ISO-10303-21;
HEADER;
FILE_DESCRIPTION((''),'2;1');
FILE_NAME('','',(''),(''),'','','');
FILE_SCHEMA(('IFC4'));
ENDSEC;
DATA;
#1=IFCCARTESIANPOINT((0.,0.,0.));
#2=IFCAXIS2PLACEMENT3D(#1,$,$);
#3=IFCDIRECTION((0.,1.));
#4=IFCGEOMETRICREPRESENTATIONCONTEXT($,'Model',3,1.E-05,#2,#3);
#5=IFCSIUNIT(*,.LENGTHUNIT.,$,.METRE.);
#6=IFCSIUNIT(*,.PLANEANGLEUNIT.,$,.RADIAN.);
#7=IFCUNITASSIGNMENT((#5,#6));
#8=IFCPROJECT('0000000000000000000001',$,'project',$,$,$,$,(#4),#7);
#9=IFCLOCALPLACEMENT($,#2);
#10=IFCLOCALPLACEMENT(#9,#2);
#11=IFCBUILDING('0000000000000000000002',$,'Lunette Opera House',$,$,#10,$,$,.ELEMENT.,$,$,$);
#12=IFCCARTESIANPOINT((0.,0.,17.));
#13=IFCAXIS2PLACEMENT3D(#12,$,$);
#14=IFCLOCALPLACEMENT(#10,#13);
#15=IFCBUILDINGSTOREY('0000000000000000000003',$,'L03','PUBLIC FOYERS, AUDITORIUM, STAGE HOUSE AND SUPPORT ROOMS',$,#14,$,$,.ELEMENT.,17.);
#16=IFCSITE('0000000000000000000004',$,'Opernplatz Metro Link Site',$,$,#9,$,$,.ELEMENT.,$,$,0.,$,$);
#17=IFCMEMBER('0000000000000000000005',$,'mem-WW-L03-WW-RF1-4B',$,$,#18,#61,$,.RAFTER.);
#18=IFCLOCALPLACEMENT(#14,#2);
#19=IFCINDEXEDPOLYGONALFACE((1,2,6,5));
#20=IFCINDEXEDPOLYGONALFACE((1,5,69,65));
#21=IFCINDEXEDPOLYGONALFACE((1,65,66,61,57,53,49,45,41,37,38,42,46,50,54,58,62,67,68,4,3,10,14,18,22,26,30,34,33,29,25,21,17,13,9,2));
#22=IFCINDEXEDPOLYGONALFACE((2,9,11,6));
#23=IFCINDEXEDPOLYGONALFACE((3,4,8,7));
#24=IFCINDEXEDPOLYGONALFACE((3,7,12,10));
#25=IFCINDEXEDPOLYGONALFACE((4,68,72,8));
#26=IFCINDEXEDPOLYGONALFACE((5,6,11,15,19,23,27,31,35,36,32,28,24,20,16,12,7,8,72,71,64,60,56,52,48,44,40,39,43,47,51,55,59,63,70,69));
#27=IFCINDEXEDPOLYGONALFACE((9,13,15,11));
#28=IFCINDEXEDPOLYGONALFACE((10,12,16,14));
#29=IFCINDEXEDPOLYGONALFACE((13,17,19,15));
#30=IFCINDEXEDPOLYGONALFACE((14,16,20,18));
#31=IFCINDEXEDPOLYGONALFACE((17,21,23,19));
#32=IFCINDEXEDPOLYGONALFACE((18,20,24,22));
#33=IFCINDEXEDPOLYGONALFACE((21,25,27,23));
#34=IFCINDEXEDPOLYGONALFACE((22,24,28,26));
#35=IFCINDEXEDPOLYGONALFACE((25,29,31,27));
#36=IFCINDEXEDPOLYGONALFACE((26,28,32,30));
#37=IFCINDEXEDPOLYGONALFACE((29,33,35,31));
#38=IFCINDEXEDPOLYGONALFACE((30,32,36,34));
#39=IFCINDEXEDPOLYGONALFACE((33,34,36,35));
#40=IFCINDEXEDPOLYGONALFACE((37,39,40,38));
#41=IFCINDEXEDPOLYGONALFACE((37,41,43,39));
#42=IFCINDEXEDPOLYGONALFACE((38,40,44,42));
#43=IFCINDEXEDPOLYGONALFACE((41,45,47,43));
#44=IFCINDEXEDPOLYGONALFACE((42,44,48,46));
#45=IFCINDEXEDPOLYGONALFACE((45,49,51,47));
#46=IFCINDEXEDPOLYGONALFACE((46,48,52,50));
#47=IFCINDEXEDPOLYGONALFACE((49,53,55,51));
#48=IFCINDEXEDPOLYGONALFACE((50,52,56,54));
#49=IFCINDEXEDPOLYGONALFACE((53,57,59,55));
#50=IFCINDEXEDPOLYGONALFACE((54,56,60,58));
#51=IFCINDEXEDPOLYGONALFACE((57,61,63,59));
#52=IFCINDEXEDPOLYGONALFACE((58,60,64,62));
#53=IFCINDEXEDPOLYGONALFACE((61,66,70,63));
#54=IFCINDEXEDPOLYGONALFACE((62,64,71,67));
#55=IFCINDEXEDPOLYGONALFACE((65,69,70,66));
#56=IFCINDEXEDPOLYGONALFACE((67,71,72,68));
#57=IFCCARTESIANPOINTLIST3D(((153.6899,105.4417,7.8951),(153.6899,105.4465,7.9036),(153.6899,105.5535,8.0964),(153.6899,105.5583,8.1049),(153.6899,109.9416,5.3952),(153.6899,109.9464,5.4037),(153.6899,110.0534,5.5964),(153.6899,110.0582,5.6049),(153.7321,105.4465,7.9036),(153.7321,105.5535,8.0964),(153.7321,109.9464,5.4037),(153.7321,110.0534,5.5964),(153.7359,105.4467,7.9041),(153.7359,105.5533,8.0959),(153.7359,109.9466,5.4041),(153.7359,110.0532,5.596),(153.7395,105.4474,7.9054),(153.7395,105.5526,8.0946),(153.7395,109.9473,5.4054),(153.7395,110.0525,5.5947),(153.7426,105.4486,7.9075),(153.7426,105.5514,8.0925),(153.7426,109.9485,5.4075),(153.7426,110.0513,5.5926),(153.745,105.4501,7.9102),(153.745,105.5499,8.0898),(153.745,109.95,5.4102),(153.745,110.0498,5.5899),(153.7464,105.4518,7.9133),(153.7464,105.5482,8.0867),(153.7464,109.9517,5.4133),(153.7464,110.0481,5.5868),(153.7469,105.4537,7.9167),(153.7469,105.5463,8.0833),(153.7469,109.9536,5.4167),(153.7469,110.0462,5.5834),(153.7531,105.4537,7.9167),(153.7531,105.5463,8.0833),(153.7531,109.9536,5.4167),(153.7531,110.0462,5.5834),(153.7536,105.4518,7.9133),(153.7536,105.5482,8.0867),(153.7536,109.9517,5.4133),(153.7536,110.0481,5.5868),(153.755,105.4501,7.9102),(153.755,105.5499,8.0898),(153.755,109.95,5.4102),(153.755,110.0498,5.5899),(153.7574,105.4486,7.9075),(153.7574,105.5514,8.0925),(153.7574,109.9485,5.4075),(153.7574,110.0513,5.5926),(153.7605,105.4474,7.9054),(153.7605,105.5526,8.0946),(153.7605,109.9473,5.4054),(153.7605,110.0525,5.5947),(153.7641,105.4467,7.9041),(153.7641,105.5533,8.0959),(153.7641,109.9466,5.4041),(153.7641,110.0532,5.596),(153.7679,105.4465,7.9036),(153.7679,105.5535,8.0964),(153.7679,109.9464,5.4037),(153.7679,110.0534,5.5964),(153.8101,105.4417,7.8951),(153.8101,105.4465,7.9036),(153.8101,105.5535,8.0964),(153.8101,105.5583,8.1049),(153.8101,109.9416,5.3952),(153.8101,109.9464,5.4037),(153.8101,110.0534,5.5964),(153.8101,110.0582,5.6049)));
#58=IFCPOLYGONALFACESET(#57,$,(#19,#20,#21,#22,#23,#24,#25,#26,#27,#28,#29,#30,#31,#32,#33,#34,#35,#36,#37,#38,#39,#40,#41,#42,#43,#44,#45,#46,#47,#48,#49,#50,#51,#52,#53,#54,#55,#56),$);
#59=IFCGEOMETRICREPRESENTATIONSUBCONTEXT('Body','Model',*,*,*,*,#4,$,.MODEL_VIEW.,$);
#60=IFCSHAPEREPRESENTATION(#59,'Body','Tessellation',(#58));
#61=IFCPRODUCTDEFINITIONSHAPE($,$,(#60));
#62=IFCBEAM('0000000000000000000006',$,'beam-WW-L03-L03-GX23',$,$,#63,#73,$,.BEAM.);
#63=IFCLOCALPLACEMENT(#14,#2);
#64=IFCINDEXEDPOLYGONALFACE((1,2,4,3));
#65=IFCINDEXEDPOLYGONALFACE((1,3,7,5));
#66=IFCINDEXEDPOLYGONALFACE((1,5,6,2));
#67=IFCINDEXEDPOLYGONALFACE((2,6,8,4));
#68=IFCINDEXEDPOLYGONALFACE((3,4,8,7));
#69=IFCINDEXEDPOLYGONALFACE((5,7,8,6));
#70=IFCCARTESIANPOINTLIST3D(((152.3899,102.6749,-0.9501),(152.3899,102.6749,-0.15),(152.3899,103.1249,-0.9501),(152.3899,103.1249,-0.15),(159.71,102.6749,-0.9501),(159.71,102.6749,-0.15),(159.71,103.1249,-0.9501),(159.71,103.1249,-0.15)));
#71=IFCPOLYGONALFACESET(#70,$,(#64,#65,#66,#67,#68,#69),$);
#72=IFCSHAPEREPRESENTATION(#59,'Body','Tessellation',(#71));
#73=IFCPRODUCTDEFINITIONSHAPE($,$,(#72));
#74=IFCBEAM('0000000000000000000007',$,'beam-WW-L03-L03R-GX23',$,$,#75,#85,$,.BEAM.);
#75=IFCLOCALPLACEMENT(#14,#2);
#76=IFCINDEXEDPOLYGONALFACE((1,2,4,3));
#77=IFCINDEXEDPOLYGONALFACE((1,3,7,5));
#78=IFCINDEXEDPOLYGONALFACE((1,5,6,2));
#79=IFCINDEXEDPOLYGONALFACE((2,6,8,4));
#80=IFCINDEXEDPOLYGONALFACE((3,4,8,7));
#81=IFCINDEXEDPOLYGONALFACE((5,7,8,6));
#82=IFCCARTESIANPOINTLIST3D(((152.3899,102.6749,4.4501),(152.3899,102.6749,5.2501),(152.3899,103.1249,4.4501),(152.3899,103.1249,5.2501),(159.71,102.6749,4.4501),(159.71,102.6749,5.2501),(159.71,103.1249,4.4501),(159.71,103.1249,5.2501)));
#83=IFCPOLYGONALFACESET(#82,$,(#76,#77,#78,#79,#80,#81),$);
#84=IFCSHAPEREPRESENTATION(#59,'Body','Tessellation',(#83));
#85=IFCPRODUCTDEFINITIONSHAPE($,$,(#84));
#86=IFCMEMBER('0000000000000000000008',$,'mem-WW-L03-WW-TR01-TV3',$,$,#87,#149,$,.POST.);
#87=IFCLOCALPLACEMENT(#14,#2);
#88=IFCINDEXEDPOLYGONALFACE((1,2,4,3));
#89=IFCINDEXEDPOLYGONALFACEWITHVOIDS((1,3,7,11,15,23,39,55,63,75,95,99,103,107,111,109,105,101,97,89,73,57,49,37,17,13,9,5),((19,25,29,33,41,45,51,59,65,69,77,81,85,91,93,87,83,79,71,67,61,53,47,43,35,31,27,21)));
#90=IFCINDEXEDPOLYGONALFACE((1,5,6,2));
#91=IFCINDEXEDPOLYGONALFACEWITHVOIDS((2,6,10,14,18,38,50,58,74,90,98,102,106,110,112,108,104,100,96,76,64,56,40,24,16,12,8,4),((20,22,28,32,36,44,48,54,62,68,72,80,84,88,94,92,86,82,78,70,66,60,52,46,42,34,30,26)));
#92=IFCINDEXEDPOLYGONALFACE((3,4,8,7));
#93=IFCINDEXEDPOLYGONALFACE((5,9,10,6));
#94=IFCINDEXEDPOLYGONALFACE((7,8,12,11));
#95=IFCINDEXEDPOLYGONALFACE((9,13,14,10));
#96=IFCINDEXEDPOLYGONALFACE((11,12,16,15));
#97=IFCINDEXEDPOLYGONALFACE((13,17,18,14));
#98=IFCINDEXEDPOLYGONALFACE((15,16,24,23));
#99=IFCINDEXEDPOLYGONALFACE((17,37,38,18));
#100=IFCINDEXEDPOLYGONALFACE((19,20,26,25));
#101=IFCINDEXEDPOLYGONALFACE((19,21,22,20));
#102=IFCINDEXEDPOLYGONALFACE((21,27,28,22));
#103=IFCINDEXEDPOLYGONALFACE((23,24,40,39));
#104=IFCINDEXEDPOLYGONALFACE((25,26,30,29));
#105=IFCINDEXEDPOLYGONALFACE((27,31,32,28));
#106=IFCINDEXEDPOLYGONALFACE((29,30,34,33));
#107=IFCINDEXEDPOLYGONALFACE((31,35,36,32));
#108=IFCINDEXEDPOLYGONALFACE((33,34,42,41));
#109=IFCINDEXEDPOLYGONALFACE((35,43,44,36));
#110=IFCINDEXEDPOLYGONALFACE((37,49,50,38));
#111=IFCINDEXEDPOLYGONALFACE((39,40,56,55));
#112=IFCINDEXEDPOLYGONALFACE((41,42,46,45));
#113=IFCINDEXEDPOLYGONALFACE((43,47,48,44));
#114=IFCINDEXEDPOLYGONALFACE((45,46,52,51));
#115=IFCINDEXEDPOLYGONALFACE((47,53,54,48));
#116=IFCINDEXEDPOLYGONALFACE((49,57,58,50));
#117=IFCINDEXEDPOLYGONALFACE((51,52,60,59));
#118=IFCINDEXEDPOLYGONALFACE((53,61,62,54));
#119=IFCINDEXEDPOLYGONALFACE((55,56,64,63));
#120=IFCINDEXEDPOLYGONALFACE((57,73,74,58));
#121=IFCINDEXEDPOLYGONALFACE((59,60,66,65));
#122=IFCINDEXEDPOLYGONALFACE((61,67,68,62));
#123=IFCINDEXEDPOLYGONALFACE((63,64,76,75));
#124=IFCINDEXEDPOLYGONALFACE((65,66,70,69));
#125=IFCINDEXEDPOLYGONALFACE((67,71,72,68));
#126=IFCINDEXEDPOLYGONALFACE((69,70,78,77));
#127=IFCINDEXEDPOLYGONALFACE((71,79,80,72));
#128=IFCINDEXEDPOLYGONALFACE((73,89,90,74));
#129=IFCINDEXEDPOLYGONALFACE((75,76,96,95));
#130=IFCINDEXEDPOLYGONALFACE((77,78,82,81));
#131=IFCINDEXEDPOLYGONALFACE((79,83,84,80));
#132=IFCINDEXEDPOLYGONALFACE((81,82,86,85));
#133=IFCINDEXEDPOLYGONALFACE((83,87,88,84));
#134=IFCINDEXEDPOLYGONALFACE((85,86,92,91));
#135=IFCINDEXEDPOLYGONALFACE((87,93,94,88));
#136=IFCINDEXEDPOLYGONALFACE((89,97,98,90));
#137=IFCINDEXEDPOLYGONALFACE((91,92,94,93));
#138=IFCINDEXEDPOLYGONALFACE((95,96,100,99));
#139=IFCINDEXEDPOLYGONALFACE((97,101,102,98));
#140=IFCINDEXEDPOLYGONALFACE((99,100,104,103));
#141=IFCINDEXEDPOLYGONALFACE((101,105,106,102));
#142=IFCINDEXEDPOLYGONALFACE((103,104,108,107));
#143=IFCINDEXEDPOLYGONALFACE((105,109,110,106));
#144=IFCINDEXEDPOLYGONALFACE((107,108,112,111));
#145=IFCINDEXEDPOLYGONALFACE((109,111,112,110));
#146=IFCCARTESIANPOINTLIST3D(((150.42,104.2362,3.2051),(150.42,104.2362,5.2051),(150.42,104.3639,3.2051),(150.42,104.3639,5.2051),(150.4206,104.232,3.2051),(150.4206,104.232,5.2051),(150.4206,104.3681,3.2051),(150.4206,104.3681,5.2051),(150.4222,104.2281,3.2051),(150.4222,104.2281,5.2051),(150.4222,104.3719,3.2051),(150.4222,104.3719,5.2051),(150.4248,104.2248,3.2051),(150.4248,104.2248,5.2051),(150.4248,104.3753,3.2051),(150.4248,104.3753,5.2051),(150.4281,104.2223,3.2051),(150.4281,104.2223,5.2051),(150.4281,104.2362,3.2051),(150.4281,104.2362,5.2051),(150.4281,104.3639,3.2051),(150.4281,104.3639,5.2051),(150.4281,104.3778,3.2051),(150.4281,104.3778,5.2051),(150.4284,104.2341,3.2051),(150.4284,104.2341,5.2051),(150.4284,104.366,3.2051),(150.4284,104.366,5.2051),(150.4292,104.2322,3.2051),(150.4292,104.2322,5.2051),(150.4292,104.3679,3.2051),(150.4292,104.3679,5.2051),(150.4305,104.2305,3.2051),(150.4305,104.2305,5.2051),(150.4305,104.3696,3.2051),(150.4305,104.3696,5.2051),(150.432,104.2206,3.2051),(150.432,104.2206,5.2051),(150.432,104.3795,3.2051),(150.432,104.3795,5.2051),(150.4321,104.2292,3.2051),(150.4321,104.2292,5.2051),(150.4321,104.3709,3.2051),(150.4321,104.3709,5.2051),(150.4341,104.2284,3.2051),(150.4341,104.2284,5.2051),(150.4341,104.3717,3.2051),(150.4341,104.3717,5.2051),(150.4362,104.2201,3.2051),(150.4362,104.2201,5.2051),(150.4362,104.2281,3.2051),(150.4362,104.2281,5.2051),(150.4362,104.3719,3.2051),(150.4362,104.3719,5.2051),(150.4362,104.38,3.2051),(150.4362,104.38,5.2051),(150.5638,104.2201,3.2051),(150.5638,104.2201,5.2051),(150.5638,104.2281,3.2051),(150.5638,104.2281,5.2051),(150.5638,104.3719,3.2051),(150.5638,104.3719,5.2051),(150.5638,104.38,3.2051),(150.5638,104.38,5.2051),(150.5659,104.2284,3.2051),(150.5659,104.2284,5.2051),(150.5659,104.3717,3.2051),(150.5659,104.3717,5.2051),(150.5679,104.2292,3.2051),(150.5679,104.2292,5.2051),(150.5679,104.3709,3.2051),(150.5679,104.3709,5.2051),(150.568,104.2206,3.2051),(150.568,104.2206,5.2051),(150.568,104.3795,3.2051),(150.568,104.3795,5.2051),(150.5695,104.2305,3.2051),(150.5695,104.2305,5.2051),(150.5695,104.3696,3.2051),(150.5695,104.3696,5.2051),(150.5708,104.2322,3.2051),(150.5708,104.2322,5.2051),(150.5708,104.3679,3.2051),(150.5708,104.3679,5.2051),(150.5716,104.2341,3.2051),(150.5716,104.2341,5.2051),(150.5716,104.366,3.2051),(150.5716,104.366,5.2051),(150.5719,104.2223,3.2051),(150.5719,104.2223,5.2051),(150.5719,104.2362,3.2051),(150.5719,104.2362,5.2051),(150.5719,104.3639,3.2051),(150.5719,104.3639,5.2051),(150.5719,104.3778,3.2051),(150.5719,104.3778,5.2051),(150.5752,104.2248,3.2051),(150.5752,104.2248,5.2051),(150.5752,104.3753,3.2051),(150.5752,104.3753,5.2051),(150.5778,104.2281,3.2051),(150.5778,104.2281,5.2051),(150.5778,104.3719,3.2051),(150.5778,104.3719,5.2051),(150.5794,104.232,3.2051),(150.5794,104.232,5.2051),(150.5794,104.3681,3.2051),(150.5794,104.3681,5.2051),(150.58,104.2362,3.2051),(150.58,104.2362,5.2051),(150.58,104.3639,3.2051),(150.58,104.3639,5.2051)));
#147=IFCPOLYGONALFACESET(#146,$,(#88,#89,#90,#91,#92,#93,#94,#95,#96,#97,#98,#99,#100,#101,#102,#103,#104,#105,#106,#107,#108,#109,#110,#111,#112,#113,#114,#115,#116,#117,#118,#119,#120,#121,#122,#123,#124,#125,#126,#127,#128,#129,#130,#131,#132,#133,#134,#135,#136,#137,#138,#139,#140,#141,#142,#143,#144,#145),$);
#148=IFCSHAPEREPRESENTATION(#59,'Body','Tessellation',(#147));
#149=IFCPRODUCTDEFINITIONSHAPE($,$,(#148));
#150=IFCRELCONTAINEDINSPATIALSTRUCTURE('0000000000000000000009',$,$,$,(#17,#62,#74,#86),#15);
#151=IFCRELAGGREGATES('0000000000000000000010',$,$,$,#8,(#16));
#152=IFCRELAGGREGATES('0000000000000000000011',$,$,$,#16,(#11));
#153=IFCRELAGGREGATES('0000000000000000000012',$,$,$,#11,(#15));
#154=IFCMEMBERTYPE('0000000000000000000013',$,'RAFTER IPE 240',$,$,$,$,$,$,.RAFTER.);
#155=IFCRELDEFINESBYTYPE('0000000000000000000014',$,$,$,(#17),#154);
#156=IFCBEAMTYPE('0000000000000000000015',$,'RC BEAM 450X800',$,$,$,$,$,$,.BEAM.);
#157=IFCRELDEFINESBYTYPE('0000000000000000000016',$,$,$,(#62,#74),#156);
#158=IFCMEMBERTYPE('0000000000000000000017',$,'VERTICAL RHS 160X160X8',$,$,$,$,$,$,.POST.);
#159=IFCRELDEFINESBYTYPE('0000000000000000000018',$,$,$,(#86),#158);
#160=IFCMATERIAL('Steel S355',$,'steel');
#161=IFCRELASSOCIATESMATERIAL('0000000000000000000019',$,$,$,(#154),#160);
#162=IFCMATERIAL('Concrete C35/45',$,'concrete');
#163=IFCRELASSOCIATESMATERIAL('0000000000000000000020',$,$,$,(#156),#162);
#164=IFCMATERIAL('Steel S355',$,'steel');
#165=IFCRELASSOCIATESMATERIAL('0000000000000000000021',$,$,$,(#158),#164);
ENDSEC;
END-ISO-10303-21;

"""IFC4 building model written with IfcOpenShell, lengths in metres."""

from ifc_helpers import new_model, si_unit, direction, frame, origin, origin_2d, place, context, subcontext, project, spatial, rectangle, hollow_rectangle, i_section, extrude, material, material_profile, profile_set, type_object, element, save


model = new_model("IFC4")

# Units and contexts
model_context = context("Model", 3, precision=1e-05, world=origin(), true_north=direction((0.0, 1.0)))
body_context = subcontext(model_context, "Body", "Model", "MODEL_VIEW")
ifc_project = project(units=[si_unit("LENGTHUNIT", "METRE"), si_unit("PLANEANGLEUNIT", "RADIAN")], contexts=[model_context])

# Site, building, storey
site_placement = place(None, origin())
site = spatial("IfcSite", under=ifc_project, at=site_placement, Name="Opernplatz Metro Link Site", CompositionType="ELEMENT", RefElevation=0.0)
building_placement = place(site_placement, origin())
building = spatial("IfcBuilding", under=site, at=building_placement, Name="Lunette Opera House", CompositionType="ELEMENT")
storey_placement = place(building_placement, frame((0.0, 0.0, 17.0)))
storey = spatial("IfcBuildingStorey", under=building, at=storey_placement, Name="L03", Description="PUBLIC FOYERS, AUDITORIUM, STAGE HOUSE AND SUPPORT ROOMS", CompositionType="ELEMENT", Elevation=17.0)

# Member
ifc_material_1 = material(Name="Steel S355", Category="steel")
ifc_material_profile_1 = material_profile(ifc_material_1, i_section(OverallWidth=0.1201, OverallDepth=0.24, WebThickness=0.0061, FlangeThickness=0.0098, FilletRadius=0.0149, at=origin_2d()), Name="IPE 240")
ifc_profile_set_1 = profile_set([ifc_material_profile_1], Name="Steel S355")
member_type_1 = type_object("IfcMemberType", Name="RAFTER IPE 240", PredefinedType="RAFTER", material=ifc_profile_set_1)
member_1_placement = place(storey_placement, frame((153.75, 105.5, 8.0), z_axis=(0.0, 0.874157, -0.485643), x_axis=(-1.0, 0.0, 0.0)))
element("IfcMember", 1, at=member_1_placement, inside=storey, type_object=member_type_1, Name="mem-WW-L03-WW-RF1-4B", PredefinedType="RAFTER", context=body_context, shape_type="SweptSolid", body=[
    extrude(i_section(OverallWidth=0.1201, OverallDepth=0.24, WebThickness=0.0061, FlangeThickness=0.0098, FilletRadius=0.0149, at=origin_2d()), origin(), (0.0, 0.0, 1.0), 5.1477),
])

# Beams
ifc_material_2 = material(Name="Concrete C35/45", Category="concrete")
ifc_material_profile_2 = material_profile(ifc_material_2, rectangle(XDim=0.45, YDim=0.8, at=origin_2d()), Name="RC BEAM 450X800")
ifc_profile_set_2 = profile_set([ifc_material_profile_2], Name="Concrete C35/45")
beam_type = type_object("IfcBeamType", Name="RC BEAM 450X800", PredefinedType="BEAM", material=ifc_profile_set_2)
for number, where, z_axis, x_axis, name in (
    (2, (152.3899, 102.8999, -0.55), (1.0, 0.0, 0.0), (0.0, 1.0, 0.0), "beam-WW-L03-L03-GX23"),
    (3, (152.3899, 102.8999, 4.8501), (1.0, 0.0, 0.0), (0.0, 1.0, 0.0), "beam-WW-L03-L03R-GX23"),
):
    element("IfcBeam", number, at=place(storey_placement, frame(where, z_axis=z_axis, x_axis=x_axis)), inside=storey, type_object=beam_type, Name=name, PredefinedType="BEAM", context=body_context, shape_type="SweptSolid", body=[
        extrude(rectangle(XDim=0.45, YDim=0.8, at=origin_2d()), origin(), (0.0, 0.0, 1.0), 7.3201),
    ])

# Member
ifc_material_3 = material(Name="Steel S355", Category="steel")
ifc_material_profile_3 = material_profile(ifc_material_3, hollow_rectangle(XDim=0.1599, YDim=0.1599, WallThickness=0.0081, InnerFilletRadius=0.0081, OuterFilletRadius=0.0161, at=origin_2d()), Name="RHS 160X160X8")
ifc_profile_set_3 = profile_set([ifc_material_profile_3], Name="Steel S355")
member_type_2 = type_object("IfcMemberType", Name="VERTICAL RHS 160X160X8", PredefinedType="POST", material=ifc_profile_set_3)
for number, where, z_axis, x_axis, name in (
    (4, (150.5, 104.3, 3.2051), (0.0, 0.0, 1.0), (1.0, 0.0, 0.0), "mem-WW-L03-WW-TR01-TV3"),
):
    element("IfcMember", number, at=place(storey_placement, frame(where, z_axis=z_axis, x_axis=x_axis)), inside=storey, type_object=member_type_2, Name=name, PredefinedType="POST", context=body_context, shape_type="SweptSolid", body=[
        extrude(hollow_rectangle(XDim=0.1599, YDim=0.1599, WallThickness=0.0081, InnerFilletRadius=0.0081, OuterFilletRadius=0.0161, at=origin_2d()), origin(), (0.0, 0.0, 1.0), 2.0),
    ])

save(model, "model.ifc")
